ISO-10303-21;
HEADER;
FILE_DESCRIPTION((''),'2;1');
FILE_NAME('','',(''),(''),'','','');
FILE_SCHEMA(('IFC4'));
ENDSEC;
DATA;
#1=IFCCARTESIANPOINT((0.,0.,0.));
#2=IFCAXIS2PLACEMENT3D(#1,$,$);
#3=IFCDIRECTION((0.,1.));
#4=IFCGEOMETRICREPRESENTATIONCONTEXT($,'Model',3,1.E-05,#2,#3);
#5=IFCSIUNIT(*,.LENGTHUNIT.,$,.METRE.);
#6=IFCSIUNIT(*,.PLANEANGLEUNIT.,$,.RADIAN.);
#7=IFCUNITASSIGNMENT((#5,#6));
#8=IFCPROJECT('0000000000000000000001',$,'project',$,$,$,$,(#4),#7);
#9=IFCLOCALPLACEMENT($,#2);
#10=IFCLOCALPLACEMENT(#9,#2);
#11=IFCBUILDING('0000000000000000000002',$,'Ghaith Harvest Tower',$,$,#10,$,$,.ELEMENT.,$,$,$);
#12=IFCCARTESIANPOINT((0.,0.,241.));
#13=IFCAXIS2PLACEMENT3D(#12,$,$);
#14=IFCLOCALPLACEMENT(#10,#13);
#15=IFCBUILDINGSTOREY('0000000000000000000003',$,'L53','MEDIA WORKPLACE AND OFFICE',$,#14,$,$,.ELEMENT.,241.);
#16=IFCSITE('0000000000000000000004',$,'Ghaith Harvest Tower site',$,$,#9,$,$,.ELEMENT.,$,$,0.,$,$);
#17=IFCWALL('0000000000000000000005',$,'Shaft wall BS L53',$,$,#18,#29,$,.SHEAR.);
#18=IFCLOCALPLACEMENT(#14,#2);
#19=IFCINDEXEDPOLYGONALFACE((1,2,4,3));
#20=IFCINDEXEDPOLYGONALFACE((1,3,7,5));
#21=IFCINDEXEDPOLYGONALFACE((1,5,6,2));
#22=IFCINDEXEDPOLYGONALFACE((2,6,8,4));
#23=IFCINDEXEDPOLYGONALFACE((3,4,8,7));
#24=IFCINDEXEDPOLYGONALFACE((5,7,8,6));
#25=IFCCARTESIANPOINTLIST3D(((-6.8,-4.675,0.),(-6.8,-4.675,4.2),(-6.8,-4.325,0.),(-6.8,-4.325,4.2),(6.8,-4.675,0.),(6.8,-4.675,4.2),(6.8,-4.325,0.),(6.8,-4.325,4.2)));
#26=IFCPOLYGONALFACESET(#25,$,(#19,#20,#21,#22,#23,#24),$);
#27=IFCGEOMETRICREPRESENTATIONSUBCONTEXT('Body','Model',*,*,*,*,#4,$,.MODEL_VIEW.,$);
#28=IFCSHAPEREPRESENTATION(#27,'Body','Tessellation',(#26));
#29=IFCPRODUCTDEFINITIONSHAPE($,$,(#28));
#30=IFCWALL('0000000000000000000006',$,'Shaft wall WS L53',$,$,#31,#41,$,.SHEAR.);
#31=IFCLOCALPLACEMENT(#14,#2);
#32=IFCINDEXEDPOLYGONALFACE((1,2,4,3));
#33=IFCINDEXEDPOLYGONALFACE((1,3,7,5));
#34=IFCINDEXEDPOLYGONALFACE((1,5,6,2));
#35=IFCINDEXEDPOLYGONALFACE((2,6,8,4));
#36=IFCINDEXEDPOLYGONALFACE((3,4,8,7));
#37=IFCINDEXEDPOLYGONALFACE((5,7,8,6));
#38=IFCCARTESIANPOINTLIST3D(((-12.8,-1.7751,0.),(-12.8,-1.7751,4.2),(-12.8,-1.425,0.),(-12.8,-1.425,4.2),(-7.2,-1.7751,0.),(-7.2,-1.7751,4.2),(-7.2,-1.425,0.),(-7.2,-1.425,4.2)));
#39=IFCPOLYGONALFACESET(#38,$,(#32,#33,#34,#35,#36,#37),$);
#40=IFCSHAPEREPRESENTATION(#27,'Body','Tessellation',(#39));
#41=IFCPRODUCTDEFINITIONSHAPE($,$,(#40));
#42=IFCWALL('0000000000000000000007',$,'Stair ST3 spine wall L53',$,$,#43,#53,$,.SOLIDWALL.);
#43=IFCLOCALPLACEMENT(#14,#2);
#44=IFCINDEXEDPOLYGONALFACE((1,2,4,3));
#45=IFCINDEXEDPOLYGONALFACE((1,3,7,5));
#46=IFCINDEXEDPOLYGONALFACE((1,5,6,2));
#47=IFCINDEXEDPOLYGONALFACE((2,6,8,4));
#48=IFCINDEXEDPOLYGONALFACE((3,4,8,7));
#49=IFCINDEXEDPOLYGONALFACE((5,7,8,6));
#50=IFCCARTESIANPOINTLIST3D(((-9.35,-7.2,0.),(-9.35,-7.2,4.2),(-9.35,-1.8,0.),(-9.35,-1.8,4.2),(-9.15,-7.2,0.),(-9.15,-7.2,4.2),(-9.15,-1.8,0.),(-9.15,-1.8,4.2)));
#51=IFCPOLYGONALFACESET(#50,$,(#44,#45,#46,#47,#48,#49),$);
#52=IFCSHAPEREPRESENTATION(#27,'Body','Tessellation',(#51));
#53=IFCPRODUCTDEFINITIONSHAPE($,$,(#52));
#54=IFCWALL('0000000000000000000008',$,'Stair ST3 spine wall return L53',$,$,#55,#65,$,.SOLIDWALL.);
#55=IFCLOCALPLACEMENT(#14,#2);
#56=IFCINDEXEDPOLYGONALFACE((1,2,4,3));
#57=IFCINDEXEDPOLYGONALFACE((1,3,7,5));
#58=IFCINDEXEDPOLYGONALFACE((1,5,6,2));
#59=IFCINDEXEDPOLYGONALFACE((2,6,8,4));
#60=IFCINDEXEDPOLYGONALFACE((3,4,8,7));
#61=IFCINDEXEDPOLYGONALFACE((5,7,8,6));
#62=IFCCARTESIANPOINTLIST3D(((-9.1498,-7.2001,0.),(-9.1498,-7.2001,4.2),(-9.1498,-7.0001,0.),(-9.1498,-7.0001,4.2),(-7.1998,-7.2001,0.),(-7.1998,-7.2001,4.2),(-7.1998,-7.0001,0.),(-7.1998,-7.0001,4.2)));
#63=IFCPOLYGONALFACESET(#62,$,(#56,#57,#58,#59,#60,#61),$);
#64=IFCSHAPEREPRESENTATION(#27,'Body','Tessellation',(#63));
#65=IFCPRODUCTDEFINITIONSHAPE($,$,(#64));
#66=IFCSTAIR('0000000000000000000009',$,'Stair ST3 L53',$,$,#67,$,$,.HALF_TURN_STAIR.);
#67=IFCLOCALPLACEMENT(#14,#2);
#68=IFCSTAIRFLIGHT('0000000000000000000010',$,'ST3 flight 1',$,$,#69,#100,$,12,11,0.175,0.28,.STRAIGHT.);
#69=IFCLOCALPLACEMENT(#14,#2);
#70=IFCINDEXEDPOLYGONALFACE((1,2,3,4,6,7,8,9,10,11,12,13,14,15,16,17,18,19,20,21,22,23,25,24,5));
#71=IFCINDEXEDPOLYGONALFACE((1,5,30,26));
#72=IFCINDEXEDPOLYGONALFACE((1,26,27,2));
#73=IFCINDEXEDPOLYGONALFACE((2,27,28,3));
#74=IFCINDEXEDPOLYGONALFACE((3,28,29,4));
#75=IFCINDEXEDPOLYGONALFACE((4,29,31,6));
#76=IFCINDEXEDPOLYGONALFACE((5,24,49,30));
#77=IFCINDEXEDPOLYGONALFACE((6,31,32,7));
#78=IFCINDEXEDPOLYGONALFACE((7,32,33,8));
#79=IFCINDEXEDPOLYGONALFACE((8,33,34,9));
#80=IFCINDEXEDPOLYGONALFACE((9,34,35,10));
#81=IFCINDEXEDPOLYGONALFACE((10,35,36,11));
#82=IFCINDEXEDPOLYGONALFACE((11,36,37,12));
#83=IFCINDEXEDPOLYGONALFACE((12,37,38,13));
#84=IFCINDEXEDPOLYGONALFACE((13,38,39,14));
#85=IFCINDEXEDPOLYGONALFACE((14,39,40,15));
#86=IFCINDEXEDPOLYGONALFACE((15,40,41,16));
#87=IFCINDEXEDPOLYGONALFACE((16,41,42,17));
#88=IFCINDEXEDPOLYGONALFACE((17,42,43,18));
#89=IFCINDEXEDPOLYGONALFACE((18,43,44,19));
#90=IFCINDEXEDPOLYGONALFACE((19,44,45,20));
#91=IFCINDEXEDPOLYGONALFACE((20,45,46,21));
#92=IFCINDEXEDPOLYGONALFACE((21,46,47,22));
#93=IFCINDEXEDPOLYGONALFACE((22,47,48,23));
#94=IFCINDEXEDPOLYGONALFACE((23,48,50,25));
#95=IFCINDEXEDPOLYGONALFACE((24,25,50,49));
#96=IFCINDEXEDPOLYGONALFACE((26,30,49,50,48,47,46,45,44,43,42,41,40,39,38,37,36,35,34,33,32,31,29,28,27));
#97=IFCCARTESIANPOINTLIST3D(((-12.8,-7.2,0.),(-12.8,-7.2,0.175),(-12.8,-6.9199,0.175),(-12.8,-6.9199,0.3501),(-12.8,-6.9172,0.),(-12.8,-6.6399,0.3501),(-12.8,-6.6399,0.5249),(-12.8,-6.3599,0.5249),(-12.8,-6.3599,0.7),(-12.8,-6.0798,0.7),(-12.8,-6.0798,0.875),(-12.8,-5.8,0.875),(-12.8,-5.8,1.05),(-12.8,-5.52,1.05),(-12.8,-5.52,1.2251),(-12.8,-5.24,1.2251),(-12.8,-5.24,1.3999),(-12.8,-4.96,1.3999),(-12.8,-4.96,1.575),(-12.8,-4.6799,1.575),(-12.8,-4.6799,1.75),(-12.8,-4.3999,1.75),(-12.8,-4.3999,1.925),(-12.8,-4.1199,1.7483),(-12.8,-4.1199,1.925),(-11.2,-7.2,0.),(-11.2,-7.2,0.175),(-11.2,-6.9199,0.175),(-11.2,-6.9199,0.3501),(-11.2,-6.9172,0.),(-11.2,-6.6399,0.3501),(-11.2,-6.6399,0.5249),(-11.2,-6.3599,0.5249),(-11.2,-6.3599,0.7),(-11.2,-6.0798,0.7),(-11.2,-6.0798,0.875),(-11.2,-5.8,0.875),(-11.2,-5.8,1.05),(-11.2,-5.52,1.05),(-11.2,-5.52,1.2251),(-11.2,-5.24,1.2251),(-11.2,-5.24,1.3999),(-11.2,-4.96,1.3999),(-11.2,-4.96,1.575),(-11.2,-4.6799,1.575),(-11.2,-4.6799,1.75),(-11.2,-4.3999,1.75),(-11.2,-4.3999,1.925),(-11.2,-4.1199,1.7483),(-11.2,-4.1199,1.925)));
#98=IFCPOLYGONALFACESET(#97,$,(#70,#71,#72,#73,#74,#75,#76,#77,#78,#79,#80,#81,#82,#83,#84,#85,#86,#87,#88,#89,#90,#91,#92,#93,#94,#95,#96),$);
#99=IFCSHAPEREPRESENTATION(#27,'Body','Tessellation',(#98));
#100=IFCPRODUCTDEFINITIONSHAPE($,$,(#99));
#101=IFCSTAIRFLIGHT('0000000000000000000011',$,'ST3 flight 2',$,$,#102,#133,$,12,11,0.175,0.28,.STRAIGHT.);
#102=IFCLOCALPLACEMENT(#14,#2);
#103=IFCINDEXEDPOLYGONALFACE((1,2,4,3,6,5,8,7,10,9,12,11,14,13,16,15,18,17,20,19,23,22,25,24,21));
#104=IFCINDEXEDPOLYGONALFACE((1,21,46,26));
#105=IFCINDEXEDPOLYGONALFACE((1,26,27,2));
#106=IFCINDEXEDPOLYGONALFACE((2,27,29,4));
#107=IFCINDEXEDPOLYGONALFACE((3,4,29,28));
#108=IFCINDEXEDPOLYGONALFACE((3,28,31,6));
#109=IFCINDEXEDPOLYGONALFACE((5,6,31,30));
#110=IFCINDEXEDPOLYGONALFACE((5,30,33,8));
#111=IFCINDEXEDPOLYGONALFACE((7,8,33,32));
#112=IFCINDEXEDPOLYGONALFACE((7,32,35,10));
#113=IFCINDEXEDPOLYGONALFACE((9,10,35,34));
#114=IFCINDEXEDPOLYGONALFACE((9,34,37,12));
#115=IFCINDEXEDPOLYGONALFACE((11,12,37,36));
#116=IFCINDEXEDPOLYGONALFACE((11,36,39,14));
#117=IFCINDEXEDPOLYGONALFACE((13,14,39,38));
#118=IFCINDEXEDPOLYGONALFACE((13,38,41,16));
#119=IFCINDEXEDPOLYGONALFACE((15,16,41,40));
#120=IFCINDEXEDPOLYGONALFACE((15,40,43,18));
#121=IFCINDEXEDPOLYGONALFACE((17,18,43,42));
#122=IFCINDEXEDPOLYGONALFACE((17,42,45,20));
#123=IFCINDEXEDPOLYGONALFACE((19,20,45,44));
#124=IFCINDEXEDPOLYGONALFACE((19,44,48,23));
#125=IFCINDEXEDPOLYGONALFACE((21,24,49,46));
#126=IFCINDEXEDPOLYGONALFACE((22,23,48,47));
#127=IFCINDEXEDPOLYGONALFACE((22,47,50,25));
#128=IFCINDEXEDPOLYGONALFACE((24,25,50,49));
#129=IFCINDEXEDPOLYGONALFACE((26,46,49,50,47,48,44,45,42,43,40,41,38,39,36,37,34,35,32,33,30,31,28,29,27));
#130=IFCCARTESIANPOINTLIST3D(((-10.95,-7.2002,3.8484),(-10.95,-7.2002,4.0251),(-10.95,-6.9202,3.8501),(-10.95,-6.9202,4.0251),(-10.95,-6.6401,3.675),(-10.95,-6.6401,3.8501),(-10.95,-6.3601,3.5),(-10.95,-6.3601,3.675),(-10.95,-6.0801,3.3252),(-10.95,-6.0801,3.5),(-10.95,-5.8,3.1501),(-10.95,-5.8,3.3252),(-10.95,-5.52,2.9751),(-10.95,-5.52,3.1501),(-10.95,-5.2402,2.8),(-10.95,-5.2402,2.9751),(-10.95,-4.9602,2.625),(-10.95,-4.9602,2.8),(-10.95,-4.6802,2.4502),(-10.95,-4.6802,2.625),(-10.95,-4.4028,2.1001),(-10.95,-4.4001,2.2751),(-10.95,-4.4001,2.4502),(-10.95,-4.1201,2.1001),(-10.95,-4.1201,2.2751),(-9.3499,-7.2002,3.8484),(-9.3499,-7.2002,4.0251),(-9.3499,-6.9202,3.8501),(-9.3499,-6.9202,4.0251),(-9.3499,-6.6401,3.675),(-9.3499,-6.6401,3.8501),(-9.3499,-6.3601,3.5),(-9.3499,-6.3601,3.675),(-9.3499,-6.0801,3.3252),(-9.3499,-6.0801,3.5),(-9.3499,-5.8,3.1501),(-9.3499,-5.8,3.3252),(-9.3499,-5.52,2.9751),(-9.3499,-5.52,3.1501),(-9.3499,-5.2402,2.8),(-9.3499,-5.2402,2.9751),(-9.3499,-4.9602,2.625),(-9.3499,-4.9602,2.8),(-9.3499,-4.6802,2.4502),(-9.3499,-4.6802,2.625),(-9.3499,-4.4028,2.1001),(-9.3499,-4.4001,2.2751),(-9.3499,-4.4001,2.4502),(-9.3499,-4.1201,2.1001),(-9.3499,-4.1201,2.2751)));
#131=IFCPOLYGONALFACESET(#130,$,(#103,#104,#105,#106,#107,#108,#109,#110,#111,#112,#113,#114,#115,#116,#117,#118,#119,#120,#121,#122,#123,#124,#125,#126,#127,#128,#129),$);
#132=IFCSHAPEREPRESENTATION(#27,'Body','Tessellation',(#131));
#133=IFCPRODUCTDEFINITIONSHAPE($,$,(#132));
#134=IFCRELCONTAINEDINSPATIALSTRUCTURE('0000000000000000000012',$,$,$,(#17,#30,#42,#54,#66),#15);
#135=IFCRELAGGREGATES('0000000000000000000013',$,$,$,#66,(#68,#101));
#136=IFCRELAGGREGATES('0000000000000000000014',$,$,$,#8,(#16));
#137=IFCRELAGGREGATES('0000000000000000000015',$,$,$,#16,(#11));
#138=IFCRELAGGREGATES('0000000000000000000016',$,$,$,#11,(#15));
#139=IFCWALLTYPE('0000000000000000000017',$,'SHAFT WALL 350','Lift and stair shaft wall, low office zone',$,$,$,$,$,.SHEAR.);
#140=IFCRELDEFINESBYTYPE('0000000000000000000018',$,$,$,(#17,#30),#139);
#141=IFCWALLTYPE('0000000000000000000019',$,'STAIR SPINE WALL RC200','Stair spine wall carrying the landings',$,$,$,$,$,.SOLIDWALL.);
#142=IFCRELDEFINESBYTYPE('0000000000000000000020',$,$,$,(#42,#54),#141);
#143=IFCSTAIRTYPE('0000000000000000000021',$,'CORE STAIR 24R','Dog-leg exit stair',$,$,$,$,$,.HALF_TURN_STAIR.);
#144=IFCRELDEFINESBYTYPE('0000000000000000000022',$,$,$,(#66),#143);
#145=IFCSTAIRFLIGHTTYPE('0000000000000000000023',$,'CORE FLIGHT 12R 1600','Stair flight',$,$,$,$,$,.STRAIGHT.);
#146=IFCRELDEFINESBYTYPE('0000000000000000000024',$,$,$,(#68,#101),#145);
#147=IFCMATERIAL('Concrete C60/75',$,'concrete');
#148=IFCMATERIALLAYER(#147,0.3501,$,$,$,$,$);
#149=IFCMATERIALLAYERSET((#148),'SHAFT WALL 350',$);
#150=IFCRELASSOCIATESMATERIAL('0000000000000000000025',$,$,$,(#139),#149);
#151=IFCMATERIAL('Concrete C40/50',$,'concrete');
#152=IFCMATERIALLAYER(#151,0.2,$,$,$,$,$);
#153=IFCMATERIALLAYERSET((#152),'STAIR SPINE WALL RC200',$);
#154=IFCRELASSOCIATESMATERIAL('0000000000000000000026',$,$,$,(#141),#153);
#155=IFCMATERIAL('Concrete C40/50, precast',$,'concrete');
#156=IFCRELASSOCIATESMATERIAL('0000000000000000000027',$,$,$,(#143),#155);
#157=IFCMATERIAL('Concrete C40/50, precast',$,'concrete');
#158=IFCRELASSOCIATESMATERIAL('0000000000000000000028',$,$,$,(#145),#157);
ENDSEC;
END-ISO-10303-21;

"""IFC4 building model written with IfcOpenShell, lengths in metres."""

from ifc_helpers import new_model, si_unit, direction, frame, frame_2d, origin, place, context, subcontext, project, spatial, polyline, rectangle, outline, extrude, material, layer, layer_set, type_object, element, aggregate, save


model = new_model("IFC4")

# Units and contexts
model_context = context("Model", 3, precision=1e-05, world=origin(), true_north=direction((0.0, 1.0)))
body_context = subcontext(model_context, "Body", "Model", "MODEL_VIEW")
ifc_project = project(units=[si_unit("LENGTHUNIT", "METRE"), si_unit("PLANEANGLEUNIT", "RADIAN")], contexts=[model_context])

# Site, building, storey
site_placement = place(None, origin())
site = spatial("IfcSite", under=ifc_project, at=site_placement, Name="Ghaith Harvest Tower site", CompositionType="ELEMENT", RefElevation=0.0)
building_placement = place(site_placement, origin())
building = spatial("IfcBuilding", under=site, at=building_placement, Name="Ghaith Harvest Tower", CompositionType="ELEMENT")
storey_placement = place(building_placement, frame((0.0, 0.0, 241.0)))
storey = spatial("IfcBuildingStorey", under=building, at=storey_placement, Name="L53", Description="MEDIA WORKPLACE AND OFFICE", CompositionType="ELEMENT", Elevation=241.0)

# Shared definitions
ifc_material_1 = material(Name="Concrete C60/75", Category="concrete")
ifc_layer_1 = layer(ifc_material_1, 0.3501)
ifc_layer_set_1 = layer_set([ifc_layer_1], Name="SHAFT WALL 350")
wall_type_1 = type_object("IfcWallType", Name="SHAFT WALL 350", Description="Lift and stair shaft wall, low office zone", PredefinedType="SHEAR", material=ifc_layer_set_1)

# Walls
wall_1_placement = place(storey_placement, frame((-6.8, -4.5, 0.0), z_axis=(0.0, 0.0, 1.0), x_axis=(1.0, 0.0, 0.0)))
element("IfcWall", 1, at=wall_1_placement, inside=storey, type_object=wall_type_1, Name="Shaft wall BS L53", PredefinedType="SHEAR", context=body_context, shape_type="SweptSolid", body=[
    extrude(rectangle(XDim=13.6001, YDim=0.3501, at=frame_2d((6.8, 0.0))), origin(), (0.0, 0.0, 1.0), 4.2),
])
wall_2_placement = place(storey_placement, frame((-12.8, -1.6001, 0.0), z_axis=(0.0, 0.0, 1.0), x_axis=(1.0, 0.0, 0.0)))
element("IfcWall", 2, at=wall_2_placement, inside=storey, type_object=wall_type_1, Name="Shaft wall WS L53", PredefinedType="SHEAR", context=body_context, shape_type="SweptSolid", body=[
    extrude(rectangle(XDim=5.6001, YDim=0.3501, at=frame_2d((2.8, 0.0))), origin(), (0.0, 0.0, 1.0), 4.2),
])
ifc_material_2 = material(Name="Concrete C40/50", Category="concrete")
ifc_layer_2 = layer(ifc_material_2, 0.2)
ifc_layer_set_2 = layer_set([ifc_layer_2], Name="STAIR SPINE WALL RC200")
wall_type_2 = type_object("IfcWallType", Name="STAIR SPINE WALL RC200", Description="Stair spine wall carrying the landings", PredefinedType="SOLIDWALL", material=ifc_layer_set_2)
wall_3_placement = place(storey_placement, frame((-9.25, -7.2, 0.0), z_axis=(0.0, 0.0, 1.0), x_axis=(0.0, 1.0, 0.0)))
element("IfcWall", 3, at=wall_3_placement, inside=storey, type_object=wall_type_2, Name="Stair ST3 spine wall L53", PredefinedType="SOLIDWALL", context=body_context, shape_type="SweptSolid", body=[
    extrude(rectangle(XDim=5.3999, YDim=0.2, at=frame_2d((2.7, 0.0))), origin(), (0.0, 0.0, 1.0), 4.2),
])
wall_4_placement = place(storey_placement, frame((-9.1499, -7.1001, 0.0), z_axis=(0.0, 0.0, 1.0), x_axis=(1.0, 0.0, 0.0)))
element("IfcWall", 4, at=wall_4_placement, inside=storey, type_object=wall_type_2, Name="Stair ST3 spine wall return L53", PredefinedType="SOLIDWALL", context=body_context, shape_type="SweptSolid", body=[
    extrude(rectangle(XDim=1.95, YDim=0.2, at=frame_2d((0.9751, 0.0))), origin(), (0.0, 0.0, 1.0), 4.2),
])

# Stair, stair flights
ifc_material_3 = material(Name="Concrete C40/50, precast", Category="concrete")
stair_type = type_object("IfcStairType", Name="CORE STAIR 24R", Description="Dog-leg exit stair", PredefinedType="HALF_TURN_STAIR", material=ifc_material_3)
stair_placement = place(storey_placement, origin())
stair = element("IfcStair", 5, at=stair_placement, inside=storey, type_object=stair_type, Name="Stair ST3 L53", PredefinedType="HALF_TURN_STAIR")
ifc_material_4 = material(Name="Concrete C40/50, precast", Category="concrete")
stair_flight_type = type_object("IfcStairFlightType", Name="CORE FLIGHT 12R 1600", Description="Stair flight", PredefinedType="STRAIGHT", material=ifc_material_4)
stair_flight_1_placement = place(storey_placement, frame((-12.0, -7.2, 0.0), z_axis=(0.0, 0.0, 1.0), x_axis=(0.0, 1.0, 0.0)))
stair_flight_1 = element("IfcStairFlight", 6, at=stair_flight_1_placement, type_object=stair_flight_type, Name="ST3 flight 1", NumberOfRisers=12, NumberOfTreads=11, PredefinedType="STRAIGHT", RiserHeight=0.175, TreadLength=0.28, context=body_context, shape_type="SweptSolid", body=[
    extrude(outline(polyline([(0.0, 0.0), (0.0, 0.175), (0.28, 0.175), (0.28, 0.3501), (0.5601, 0.3501), (0.5601, 0.5249), (0.8401, 0.5249), (0.8401, 0.7), (1.1201, 0.7), (1.1201, 0.875), (1.3999, 0.875), (1.3999, 1.05), (1.6799, 1.05), (1.6799, 1.2251), (1.96, 1.2251), (1.96, 1.3999), (2.24, 1.3999), (2.24, 1.575), (2.52, 1.575), (2.52, 1.75), (2.8, 1.75), (2.8, 1.925), (3.0801, 1.925), (3.0801, 2.1001), (3.0801, 1.7483), (0.2827, 0.0), (0.0, 0.0)])), frame((0.0, 0.8, 0.0), z_axis=(0.0, -1.0, 0.0), x_axis=(1.0, 0.0, 0.0)), (0.0, 0.0, 1.0), 1.6001),
])
stair_flight_2_placement = place(storey_placement, frame((-10.1499, -4.1201, 2.1001), z_axis=(0.0, 0.0, 1.0), x_axis=(0.0, -1.0, 0.0)))
stair_flight_2 = element("IfcStairFlight", 7, at=stair_flight_2_placement, type_object=stair_flight_type, Name="ST3 flight 2", NumberOfRisers=12, NumberOfTreads=11, PredefinedType="STRAIGHT", RiserHeight=0.175, TreadLength=0.28, context=body_context, shape_type="SweptSolid", body=[
    extrude(outline(polyline([(0.0, 0.0), (0.0, 0.175), (0.28, 0.175), (0.28, 0.3501), (0.5601, 0.3501), (0.5601, 0.5249), (0.8401, 0.5249), (0.8401, 0.7), (1.1201, 0.7), (1.1201, 0.875), (1.3999, 0.875), (1.3999, 1.05), (1.6799, 1.05), (1.6799, 1.2251), (1.96, 1.2251), (1.96, 1.3999), (2.24, 1.3999), (2.24, 1.575), (2.52, 1.575), (2.52, 1.75), (2.8, 1.75), (2.8, 1.925), (3.0801, 1.925), (3.0801, 2.1001), (3.0801, 1.7483), (0.2827, 0.0), (0.0, 0.0)])), frame((0.0, 0.8, 0.0), z_axis=(0.0, -1.0, 0.0), x_axis=(1.0, 0.0, 0.0)), (0.0, 0.0, 1.0), 1.6001),
])
aggregate(stair, [stair_flight_1, stair_flight_2])

save(model, "model.ifc")
